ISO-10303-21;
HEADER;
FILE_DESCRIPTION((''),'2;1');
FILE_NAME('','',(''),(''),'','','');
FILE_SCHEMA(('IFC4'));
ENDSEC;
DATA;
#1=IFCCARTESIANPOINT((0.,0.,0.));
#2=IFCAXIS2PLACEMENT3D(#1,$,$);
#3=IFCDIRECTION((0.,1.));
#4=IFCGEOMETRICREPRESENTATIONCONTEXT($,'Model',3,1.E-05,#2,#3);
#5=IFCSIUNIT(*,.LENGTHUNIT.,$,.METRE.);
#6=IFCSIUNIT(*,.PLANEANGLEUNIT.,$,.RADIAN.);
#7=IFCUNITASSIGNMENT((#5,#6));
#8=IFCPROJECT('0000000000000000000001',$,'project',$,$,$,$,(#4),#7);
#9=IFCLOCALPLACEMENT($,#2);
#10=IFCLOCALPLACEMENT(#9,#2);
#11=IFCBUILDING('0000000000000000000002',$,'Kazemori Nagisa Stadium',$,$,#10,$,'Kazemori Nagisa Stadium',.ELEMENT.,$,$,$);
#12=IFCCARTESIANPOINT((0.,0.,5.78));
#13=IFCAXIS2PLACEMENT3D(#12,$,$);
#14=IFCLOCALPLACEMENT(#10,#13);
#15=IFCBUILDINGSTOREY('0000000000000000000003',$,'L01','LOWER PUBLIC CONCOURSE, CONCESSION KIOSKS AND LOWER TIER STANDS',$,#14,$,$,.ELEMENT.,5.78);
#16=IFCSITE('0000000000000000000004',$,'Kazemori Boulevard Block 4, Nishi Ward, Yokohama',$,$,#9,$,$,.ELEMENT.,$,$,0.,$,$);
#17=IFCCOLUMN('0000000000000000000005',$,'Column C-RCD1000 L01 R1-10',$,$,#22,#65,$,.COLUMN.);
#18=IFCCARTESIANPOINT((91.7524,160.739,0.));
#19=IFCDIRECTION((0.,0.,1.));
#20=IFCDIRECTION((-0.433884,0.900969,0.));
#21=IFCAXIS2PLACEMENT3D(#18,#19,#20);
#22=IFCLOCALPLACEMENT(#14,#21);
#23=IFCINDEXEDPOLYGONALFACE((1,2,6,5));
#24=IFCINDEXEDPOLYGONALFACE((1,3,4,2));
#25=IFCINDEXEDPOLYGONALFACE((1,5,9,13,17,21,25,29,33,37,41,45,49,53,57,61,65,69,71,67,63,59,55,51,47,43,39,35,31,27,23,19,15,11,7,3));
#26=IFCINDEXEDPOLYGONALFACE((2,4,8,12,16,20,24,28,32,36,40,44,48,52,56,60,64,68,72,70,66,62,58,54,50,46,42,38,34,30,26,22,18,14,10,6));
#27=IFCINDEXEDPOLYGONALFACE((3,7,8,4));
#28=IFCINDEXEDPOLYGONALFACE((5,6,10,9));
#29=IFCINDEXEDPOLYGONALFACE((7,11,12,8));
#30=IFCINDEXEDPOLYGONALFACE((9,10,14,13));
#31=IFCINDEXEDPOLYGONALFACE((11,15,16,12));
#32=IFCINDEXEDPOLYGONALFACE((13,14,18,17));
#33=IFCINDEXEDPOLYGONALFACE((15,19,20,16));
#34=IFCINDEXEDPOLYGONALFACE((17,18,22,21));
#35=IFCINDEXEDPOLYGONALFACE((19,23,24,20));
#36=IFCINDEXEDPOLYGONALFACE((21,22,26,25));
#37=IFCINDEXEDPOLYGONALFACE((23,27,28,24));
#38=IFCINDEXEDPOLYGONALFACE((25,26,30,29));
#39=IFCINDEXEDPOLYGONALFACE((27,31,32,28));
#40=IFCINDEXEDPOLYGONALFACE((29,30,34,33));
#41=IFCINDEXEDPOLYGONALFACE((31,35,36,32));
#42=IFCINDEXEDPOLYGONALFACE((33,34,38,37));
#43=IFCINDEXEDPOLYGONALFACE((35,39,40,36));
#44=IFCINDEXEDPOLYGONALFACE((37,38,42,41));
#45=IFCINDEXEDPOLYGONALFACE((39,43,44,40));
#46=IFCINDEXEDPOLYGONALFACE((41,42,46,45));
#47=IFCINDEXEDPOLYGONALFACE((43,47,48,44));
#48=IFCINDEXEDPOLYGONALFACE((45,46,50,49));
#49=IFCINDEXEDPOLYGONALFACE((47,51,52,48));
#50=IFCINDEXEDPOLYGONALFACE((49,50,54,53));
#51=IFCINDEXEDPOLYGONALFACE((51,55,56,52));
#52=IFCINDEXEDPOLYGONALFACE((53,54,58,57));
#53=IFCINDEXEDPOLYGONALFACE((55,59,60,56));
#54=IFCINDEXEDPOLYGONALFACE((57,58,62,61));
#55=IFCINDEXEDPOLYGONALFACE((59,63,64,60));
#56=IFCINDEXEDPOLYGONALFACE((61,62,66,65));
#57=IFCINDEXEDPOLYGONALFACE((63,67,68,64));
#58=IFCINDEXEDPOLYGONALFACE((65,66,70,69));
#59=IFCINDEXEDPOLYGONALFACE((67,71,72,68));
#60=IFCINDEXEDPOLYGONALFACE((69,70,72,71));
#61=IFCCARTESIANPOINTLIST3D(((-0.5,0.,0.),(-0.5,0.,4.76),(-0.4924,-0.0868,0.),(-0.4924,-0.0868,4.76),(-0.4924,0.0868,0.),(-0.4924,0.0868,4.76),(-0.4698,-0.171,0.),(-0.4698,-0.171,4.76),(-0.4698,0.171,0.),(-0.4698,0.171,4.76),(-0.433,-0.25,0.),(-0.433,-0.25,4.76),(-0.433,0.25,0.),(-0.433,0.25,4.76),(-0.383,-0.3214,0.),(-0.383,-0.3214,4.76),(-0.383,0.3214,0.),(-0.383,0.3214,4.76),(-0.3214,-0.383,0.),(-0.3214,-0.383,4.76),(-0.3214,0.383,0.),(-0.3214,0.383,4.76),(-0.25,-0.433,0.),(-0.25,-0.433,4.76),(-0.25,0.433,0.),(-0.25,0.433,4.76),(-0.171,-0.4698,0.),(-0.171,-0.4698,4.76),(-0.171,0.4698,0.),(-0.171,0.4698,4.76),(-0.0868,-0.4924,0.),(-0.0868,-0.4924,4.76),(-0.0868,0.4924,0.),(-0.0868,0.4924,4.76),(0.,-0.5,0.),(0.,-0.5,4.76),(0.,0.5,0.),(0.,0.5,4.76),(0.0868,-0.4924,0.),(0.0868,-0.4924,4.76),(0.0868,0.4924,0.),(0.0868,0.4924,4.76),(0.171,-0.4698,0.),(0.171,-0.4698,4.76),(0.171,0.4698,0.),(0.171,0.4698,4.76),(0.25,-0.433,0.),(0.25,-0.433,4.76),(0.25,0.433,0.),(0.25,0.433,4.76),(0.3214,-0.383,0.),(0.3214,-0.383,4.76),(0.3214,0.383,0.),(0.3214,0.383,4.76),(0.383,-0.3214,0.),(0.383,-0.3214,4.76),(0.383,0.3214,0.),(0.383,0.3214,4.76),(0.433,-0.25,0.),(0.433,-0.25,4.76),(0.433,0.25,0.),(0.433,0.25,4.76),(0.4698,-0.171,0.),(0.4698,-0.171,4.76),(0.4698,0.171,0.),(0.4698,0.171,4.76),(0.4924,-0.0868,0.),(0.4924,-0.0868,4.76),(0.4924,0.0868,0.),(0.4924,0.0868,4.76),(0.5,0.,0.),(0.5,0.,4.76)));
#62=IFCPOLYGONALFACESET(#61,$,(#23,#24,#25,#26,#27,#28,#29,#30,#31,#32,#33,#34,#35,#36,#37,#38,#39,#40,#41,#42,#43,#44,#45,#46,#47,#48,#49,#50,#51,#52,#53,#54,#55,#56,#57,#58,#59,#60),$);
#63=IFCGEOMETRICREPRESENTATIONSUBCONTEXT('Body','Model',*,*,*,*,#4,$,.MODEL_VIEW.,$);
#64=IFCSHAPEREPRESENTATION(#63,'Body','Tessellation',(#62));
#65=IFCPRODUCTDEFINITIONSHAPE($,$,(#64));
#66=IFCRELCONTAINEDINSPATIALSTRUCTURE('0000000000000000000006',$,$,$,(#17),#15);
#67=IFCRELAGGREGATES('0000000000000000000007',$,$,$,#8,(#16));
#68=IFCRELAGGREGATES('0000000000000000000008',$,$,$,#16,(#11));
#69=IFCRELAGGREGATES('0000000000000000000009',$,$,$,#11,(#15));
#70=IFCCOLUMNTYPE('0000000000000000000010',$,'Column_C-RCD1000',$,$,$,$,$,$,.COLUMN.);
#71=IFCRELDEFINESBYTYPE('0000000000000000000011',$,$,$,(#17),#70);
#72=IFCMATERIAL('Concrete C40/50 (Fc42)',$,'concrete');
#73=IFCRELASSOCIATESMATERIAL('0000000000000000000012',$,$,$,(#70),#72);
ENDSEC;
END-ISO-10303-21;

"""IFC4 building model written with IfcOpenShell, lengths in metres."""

from ifc_helpers import new_model, si_unit, direction, frame, origin, origin_2d, place, context, subcontext, project, spatial, circle, extrude, material, material_profile, profile_set, type_object, element, save


model = new_model("IFC4")

# Units and contexts
model_context = context("Model", 3, precision=1e-05, world=origin(), true_north=direction((0.0, 1.0)))
body_context = subcontext(model_context, "Body", "Model", "MODEL_VIEW")
ifc_project = project(units=[si_unit("LENGTHUNIT", "METRE"), si_unit("PLANEANGLEUNIT", "RADIAN")], contexts=[model_context])

# Site, building, storey
site_placement = place(None, origin())
site = spatial("IfcSite", under=ifc_project, at=site_placement, Name="Kazemori Boulevard Block 4, Nishi Ward, Yokohama", CompositionType="ELEMENT", RefElevation=0.0)
building_placement = place(site_placement, origin())
building = spatial("IfcBuilding", under=site, at=building_placement, Name="Kazemori Nagisa Stadium", LongName="Kazemori Nagisa Stadium", CompositionType="ELEMENT")
storey_placement = place(building_placement, frame((0.0, 0.0, 5.78)))
storey = spatial("IfcBuildingStorey", under=building, at=storey_placement, Name="L01", Description="LOWER PUBLIC CONCOURSE, CONCESSION KIOSKS AND LOWER TIER STANDS", CompositionType="ELEMENT", Elevation=5.78)

# Column
ifc_material_1 = material(Name="Concrete C40/50 (Fc42)", Category="concrete")
ifc_material_profile_1 = material_profile(ifc_material_1, circle(Radius=0.5, at=origin_2d()), Name="RC-COL-D1000")
ifc_profile_set_1 = profile_set([ifc_material_profile_1], Name="Concrete C40/50 (Fc42)")
column_type_1 = type_object("IfcColumnType", Name="Column_C-RCD1000", PredefinedType="COLUMN", material=ifc_profile_set_1)
column_1_placement = place(storey_placement, frame((91.7524, 160.739, 0.0), z_axis=(0.0, 0.0, 1.0), x_axis=(-0.433884, 0.900969, 0.0)))
element("IfcColumn", 1, at=column_1_placement, inside=storey, type_object=column_type_1, Name="Column C-RCD1000 L01 R1-10", PredefinedType="COLUMN", context=body_context, shape_type="SweptSolid", body=[
    extrude(circle(Radius=0.5, at=origin_2d()), origin(), (0.0, 0.0, 1.0), 4.76),
])

save(model, "model.ifc")
